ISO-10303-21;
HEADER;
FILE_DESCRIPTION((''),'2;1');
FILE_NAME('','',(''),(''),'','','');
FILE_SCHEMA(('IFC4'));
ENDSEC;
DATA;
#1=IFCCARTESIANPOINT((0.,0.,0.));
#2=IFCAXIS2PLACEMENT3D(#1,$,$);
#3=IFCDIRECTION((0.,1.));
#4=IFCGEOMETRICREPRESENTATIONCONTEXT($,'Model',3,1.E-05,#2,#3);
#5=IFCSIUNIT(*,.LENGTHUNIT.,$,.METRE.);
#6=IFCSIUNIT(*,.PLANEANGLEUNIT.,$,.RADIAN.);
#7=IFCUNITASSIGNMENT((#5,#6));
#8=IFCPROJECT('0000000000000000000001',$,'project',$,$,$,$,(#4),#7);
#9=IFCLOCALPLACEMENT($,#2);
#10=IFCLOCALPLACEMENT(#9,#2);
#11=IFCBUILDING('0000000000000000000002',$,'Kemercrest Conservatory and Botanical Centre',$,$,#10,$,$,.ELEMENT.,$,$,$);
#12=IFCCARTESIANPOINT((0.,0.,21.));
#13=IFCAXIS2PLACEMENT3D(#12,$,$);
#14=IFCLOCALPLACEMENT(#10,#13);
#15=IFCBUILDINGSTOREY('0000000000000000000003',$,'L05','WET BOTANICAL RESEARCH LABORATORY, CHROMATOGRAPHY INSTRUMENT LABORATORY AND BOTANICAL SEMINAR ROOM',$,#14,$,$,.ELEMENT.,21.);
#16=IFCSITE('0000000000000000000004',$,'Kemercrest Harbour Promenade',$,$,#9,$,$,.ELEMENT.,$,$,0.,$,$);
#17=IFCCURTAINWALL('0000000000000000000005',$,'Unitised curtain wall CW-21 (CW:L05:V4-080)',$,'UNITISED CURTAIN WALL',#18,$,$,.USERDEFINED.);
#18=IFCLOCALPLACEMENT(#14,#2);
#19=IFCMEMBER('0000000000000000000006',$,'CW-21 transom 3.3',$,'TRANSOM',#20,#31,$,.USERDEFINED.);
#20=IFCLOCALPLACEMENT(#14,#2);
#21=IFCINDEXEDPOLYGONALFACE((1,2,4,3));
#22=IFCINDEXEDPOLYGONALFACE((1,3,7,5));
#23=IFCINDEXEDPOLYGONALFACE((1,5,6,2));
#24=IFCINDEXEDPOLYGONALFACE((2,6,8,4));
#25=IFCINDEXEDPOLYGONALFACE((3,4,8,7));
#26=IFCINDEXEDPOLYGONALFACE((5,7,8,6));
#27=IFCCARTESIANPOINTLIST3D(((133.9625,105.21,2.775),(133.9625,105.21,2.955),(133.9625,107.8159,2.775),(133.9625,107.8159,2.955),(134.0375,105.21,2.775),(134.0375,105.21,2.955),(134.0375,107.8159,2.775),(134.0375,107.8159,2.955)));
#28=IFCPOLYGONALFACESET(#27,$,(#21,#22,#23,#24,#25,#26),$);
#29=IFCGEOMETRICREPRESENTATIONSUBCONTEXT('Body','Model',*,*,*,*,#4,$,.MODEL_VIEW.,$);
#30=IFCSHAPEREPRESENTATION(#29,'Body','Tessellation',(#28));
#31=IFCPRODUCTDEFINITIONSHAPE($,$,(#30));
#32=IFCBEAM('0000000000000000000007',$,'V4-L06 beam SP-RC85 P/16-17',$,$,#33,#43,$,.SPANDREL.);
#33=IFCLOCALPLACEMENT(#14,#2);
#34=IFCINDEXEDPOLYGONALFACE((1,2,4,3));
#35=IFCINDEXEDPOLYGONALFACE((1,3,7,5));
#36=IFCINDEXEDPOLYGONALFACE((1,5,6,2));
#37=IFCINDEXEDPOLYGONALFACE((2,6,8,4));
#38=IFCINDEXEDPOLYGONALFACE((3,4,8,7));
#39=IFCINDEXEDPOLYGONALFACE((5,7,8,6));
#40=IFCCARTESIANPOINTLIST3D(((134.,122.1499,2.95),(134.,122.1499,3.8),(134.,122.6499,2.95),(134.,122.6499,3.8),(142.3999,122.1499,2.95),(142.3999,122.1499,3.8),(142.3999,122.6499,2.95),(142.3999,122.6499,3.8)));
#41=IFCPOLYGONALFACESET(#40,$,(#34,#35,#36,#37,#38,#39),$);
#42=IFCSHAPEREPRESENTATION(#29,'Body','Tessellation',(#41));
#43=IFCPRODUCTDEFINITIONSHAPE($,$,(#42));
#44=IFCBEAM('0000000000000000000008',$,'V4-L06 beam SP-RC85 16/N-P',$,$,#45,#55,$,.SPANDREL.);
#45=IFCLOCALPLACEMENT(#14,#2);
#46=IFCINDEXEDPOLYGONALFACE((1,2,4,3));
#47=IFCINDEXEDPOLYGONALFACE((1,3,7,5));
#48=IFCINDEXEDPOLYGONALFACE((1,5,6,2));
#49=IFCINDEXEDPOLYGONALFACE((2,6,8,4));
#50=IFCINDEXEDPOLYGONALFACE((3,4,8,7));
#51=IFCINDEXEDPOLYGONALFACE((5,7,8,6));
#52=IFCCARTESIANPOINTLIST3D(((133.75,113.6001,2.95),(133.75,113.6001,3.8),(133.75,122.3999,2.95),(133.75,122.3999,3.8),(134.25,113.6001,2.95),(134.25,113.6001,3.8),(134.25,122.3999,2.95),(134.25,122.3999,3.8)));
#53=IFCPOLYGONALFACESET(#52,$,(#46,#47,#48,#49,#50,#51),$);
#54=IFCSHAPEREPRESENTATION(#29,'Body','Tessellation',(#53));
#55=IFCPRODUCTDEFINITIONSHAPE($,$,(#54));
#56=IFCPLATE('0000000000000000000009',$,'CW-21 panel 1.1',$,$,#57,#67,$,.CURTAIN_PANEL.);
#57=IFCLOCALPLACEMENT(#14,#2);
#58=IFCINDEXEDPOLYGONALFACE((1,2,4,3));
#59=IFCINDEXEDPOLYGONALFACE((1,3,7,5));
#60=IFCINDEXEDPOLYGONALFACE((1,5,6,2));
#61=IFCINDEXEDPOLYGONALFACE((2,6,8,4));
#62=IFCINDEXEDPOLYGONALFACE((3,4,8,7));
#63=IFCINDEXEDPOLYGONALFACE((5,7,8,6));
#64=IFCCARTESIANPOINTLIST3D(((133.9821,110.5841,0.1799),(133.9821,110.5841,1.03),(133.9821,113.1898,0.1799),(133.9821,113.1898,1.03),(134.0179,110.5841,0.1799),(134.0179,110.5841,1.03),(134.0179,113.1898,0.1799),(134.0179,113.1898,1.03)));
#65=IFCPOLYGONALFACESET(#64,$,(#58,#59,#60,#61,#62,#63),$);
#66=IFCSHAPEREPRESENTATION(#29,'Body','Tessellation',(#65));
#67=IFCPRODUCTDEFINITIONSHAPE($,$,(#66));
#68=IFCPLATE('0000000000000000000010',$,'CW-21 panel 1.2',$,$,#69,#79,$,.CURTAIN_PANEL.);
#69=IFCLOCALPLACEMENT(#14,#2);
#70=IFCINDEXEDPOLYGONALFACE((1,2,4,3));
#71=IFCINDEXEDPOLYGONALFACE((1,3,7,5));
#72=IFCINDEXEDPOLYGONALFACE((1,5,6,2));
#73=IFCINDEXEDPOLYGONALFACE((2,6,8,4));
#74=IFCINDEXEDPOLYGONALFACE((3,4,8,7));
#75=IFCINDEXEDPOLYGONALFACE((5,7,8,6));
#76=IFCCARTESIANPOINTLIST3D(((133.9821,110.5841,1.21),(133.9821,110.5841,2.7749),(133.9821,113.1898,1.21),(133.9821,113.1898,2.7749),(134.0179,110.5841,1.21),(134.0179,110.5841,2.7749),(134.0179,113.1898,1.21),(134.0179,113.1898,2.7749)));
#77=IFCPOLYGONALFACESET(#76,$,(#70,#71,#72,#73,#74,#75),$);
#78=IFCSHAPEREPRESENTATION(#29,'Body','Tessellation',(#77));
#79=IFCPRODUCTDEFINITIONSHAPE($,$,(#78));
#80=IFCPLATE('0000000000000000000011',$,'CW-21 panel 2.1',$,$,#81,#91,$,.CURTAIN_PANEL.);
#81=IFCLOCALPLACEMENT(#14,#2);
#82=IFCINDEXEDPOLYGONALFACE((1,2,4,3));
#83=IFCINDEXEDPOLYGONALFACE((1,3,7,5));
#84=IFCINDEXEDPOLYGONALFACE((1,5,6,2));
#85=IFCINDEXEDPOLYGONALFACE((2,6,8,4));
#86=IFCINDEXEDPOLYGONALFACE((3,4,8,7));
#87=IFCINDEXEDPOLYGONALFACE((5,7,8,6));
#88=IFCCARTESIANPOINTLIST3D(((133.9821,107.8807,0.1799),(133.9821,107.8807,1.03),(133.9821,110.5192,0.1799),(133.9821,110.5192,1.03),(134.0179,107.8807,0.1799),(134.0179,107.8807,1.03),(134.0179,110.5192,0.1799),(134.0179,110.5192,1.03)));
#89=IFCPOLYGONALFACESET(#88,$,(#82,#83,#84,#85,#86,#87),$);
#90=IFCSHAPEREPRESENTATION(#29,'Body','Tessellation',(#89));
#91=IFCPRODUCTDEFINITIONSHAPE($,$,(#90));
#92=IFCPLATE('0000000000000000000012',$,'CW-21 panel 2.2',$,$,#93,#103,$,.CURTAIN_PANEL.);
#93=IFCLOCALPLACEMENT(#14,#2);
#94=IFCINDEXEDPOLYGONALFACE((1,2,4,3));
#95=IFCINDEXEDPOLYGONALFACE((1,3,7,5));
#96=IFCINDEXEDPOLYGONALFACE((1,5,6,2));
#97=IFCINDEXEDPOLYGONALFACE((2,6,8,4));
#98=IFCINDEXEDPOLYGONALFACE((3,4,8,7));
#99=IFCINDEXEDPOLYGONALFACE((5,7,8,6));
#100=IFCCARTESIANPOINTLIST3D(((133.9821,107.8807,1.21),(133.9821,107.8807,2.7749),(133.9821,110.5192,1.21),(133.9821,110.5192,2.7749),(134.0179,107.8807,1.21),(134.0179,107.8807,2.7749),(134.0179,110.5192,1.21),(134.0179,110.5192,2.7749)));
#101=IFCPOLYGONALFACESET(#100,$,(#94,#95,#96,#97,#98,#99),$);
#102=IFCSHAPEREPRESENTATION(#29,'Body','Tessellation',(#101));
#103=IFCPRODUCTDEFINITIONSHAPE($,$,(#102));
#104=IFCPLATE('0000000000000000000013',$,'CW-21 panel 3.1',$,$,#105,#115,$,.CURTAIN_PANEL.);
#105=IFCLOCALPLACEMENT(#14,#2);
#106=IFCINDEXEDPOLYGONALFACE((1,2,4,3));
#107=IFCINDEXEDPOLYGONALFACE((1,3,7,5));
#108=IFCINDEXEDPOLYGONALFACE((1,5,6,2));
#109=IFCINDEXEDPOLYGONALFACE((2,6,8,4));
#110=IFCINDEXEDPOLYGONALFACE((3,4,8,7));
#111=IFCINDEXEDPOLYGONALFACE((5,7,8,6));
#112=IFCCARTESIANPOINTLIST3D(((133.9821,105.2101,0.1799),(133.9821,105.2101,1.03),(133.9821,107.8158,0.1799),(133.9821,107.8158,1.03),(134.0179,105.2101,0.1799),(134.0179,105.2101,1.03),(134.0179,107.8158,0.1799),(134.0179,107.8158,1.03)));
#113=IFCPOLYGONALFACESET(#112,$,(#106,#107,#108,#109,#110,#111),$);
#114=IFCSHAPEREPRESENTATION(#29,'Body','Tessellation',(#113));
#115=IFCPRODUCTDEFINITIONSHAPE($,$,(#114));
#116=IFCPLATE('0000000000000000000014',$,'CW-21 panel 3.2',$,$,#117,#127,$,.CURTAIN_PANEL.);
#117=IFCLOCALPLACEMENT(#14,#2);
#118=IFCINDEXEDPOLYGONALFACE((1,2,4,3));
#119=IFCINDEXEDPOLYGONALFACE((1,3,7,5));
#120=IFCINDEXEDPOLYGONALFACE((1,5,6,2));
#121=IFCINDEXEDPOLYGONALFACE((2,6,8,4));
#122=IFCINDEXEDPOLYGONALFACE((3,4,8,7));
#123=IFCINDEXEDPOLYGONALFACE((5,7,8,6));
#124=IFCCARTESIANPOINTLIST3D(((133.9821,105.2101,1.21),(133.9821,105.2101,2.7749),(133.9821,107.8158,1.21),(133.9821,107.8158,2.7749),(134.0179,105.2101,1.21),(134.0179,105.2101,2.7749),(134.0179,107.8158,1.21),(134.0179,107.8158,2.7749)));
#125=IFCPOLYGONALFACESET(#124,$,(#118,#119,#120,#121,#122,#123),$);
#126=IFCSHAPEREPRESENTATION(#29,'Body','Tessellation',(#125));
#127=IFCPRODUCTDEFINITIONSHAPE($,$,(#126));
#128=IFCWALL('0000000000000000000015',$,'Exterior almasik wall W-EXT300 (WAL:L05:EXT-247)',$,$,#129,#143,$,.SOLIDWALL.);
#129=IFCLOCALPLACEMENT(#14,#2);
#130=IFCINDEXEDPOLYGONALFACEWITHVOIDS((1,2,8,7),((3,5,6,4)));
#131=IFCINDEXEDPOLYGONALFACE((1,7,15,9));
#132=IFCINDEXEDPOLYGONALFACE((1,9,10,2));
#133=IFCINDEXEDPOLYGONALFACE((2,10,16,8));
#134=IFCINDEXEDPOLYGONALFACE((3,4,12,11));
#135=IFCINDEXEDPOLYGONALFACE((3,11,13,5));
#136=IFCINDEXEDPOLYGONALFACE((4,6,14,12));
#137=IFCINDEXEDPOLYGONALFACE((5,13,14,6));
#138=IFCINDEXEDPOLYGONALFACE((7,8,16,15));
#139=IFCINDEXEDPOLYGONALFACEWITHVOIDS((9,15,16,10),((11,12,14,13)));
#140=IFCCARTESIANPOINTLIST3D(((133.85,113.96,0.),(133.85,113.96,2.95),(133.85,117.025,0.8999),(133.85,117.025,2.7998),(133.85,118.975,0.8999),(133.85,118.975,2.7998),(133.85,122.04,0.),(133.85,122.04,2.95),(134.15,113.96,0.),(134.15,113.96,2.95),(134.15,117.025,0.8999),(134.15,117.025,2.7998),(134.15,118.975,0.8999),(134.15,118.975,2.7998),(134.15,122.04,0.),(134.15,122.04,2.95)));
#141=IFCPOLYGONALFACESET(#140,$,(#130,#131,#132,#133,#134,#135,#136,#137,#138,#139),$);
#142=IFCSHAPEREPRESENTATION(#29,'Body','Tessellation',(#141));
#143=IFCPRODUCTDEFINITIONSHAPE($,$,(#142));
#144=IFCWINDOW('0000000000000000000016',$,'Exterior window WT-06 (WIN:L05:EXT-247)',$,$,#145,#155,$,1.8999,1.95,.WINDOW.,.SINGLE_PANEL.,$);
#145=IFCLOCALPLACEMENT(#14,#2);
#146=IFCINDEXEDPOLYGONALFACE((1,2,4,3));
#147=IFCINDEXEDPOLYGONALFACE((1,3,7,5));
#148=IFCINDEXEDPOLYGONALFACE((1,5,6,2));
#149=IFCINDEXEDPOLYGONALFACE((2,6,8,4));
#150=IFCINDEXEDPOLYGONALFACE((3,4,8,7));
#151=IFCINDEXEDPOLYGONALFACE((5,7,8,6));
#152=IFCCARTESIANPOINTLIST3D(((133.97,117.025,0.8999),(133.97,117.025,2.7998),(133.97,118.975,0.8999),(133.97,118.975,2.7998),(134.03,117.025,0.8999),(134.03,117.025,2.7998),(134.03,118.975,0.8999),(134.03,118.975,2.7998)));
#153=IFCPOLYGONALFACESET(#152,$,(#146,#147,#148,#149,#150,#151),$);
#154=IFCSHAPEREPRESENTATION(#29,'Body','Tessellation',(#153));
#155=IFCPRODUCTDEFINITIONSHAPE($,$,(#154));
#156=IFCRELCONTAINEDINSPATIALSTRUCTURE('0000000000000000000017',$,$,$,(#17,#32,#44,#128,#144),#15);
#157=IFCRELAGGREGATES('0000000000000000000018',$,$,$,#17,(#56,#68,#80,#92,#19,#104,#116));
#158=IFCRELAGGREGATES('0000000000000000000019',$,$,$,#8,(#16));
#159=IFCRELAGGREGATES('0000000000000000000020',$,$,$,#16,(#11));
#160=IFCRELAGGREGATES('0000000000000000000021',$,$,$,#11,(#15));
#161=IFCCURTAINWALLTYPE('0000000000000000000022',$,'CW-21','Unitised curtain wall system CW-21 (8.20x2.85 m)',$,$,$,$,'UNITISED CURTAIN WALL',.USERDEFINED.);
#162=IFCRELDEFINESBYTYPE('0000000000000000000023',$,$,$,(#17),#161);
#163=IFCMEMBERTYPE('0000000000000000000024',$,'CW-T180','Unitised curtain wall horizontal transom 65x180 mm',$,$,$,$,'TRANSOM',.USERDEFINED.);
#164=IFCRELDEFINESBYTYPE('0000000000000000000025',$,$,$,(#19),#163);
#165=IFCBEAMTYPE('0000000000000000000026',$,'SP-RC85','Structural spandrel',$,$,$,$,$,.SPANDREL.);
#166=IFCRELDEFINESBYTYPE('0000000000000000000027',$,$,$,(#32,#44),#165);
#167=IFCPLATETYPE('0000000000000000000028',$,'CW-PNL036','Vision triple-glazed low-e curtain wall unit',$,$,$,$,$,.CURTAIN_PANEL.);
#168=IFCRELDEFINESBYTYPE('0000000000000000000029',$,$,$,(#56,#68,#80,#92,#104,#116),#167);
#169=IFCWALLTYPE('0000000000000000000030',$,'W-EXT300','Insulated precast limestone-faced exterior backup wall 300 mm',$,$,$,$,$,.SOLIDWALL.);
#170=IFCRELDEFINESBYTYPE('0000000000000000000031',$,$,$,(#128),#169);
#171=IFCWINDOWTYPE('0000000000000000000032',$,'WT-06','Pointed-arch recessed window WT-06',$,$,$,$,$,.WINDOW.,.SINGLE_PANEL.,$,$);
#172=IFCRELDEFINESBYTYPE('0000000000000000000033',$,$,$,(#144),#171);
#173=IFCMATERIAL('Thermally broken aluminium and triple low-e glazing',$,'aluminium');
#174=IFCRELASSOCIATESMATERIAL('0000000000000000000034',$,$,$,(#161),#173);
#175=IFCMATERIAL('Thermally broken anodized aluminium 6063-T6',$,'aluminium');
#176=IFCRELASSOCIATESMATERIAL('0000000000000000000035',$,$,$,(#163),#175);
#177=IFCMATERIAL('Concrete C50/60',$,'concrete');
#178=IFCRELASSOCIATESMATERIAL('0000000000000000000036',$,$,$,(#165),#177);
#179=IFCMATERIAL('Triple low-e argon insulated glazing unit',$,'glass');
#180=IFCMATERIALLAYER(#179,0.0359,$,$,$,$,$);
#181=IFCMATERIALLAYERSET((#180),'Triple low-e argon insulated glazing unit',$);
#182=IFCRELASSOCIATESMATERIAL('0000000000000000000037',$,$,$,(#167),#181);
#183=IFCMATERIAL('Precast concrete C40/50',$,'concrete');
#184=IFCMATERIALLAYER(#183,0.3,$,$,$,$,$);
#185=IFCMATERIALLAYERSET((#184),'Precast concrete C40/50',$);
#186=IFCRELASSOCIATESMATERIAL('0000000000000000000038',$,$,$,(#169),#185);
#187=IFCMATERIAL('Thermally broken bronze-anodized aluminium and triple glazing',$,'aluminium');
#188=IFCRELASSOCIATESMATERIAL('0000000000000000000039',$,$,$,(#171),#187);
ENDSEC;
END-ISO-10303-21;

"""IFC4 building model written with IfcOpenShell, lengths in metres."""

from ifc_helpers import new_model, si_unit, direction, frame, frame_2d, origin, origin_2d, place, context, subcontext, project, spatial, rectangle, extrude, material, layer, layer_set, material_profile, profile_set, type_object, element, fill, aggregate, save


model = new_model("IFC4")

# Units and contexts
model_context = context("Model", 3, precision=1e-05, world=origin(), true_north=direction((0.0, 1.0)))
body_context = subcontext(model_context, "Body", "Model", "MODEL_VIEW")
ifc_project = project(units=[si_unit("LENGTHUNIT", "METRE"), si_unit("PLANEANGLEUNIT", "RADIAN")], contexts=[model_context])

# Site, building, storey
site_placement = place(None, origin())
site = spatial("IfcSite", under=ifc_project, at=site_placement, Name="Kemercrest Harbour Promenade", CompositionType="ELEMENT", RefElevation=0.0)
building_placement = place(site_placement, origin())
building = spatial("IfcBuilding", under=site, at=building_placement, Name="Kemercrest Conservatory and Botanical Centre", CompositionType="ELEMENT")
storey_placement = place(building_placement, frame((0.0, 0.0, 21.0)))
storey = spatial("IfcBuildingStorey", under=building, at=storey_placement, Name="L05", Description="WET BOTANICAL RESEARCH LABORATORY, CHROMATOGRAPHY INSTRUMENT LABORATORY AND BOTANICAL SEMINAR ROOM", CompositionType="ELEMENT", Elevation=21.0)

# Shared definitions
ifc_material_1 = material(Name="Concrete C50/60", Category="concrete")

# Curtain wall, member
ifc_material_2 = material(Name="Thermally broken aluminium and triple low-e glazing", Category="aluminium")
curtain_wall_type = type_object("IfcCurtainWallType", Name="CW-21", Description="Unitised curtain wall system CW-21 (8.20x2.85 m)", ElementType="UNITISED CURTAIN WALL", PredefinedType="USERDEFINED", material=ifc_material_2)
curtain_wall_placement = place(storey_placement, origin())
curtain_wall = element("IfcCurtainWall", 1, at=curtain_wall_placement, inside=storey, type_object=curtain_wall_type, Name="Unitised curtain wall CW-21 (CW:L05:V4-080)", ObjectType="UNITISED CURTAIN WALL", PredefinedType="USERDEFINED")
ifc_material_3 = material(Name="Thermally broken anodized aluminium 6063-T6", Category="aluminium")
ifc_material_profile_1 = material_profile(ifc_material_3, rectangle(XDim=0.075, YDim=0.1799, at=origin_2d()), Name="AL TRANSOM 75x180")
ifc_profile_set_1 = profile_set([ifc_material_profile_1], Name="Thermally broken anodized aluminium 6063-T6")
member_type_1 = type_object("IfcMemberType", Name="CW-T180", Description="Unitised curtain wall horizontal transom 65x180 mm", ElementType="TRANSOM", PredefinedType="USERDEFINED", material=ifc_profile_set_1)
member_1_placement = place(storey_placement, frame((134.0, 107.8159, 2.865), z_axis=(0.0, -1.0, 0.0), x_axis=(1.0, 0.0, 0.0)))
member_1 = element("IfcMember", 2, at=member_1_placement, type_object=member_type_1, Name="CW-21 transom 3.3", ObjectType="TRANSOM", PredefinedType="USERDEFINED", context=body_context, shape_type="SweptSolid", body=[
    extrude(rectangle(XDim=0.075, YDim=0.1799, at=origin_2d()), origin(), (0.0, 0.0, 1.0), 2.606),
])

# Beams
ifc_material_profile_2 = material_profile(ifc_material_1, rectangle(XDim=0.5, YDim=0.8501, at=origin_2d()), Name="RC 500x850")
ifc_profile_set_2 = profile_set([ifc_material_profile_2], Name="Concrete C50/60")
beam_type_1 = type_object("IfcBeamType", Name="SP-RC85", Description="Structural spandrel", PredefinedType="SPANDREL", material=ifc_profile_set_2)
beam_1_placement = place(storey_placement, frame((134.0, 122.3999, 3.375), z_axis=(1.0, 0.0, 0.0), x_axis=(0.0, 1.0, 0.0)))
element("IfcBeam", 3, at=beam_1_placement, inside=storey, type_object=beam_type_1, Name="V4-L06 beam SP-RC85 P/16-17", PredefinedType="SPANDREL", context=body_context, shape_type="SweptSolid", body=[
    extrude(rectangle(XDim=0.5, YDim=0.8501, at=origin_2d()), origin(), (0.0, 0.0, 1.0), 8.3999),
])
beam_2_placement = place(storey_placement, frame((134.0, 113.6001, 3.375), z_axis=(0.0, 1.0, 0.0), x_axis=(-1.0, 0.0, 0.0)))
element("IfcBeam", 4, at=beam_2_placement, inside=storey, type_object=beam_type_1, Name="V4-L06 beam SP-RC85 16/N-P", PredefinedType="SPANDREL", context=body_context, shape_type="SweptSolid", body=[
    extrude(rectangle(XDim=0.5, YDim=0.8501, at=origin_2d()), origin(), (0.0, 0.0, 1.0), 8.7998),
])

# Plates
ifc_material_4 = material(Name="Triple low-e argon insulated glazing unit", Category="glass")
ifc_layer_1 = layer(ifc_material_4, 0.0359)
ifc_layer_set_1 = layer_set([ifc_layer_1], Name="Triple low-e argon insulated glazing unit")
plate_type = type_object("IfcPlateType", Name="CW-PNL036", Description="Vision triple-glazed low-e curtain wall unit", PredefinedType="CURTAIN_PANEL", material=ifc_layer_set_1)
plate_1_placement = place(storey_placement, frame((134.0, 111.887, 0.1799), z_axis=(0.0, 0.0, 1.0), x_axis=(0.0, -1.0, 0.0)))
plate_1 = element("IfcPlate", 5, at=plate_1_placement, type_object=plate_type, Name="CW-21 panel 1.1", PredefinedType="CURTAIN_PANEL", context=body_context, shape_type="SweptSolid", body=[
    extrude(rectangle(XDim=2.6057, YDim=0.0359, at=origin_2d()), origin(), (0.0, 0.0, 1.0), 0.8501),
])
plate_2_placement = place(storey_placement, frame((134.0, 111.887, 1.21), z_axis=(0.0, 0.0, 1.0), x_axis=(0.0, -1.0, 0.0)))
plate_2 = element("IfcPlate", 6, at=plate_2_placement, type_object=plate_type, Name="CW-21 panel 1.2", PredefinedType="CURTAIN_PANEL", context=body_context, shape_type="SweptSolid", body=[
    extrude(rectangle(XDim=2.6057, YDim=0.0359, at=origin_2d()), origin(), (0.0, 0.0, 1.0), 1.5649),
])
plate_3_placement = place(storey_placement, frame((134.0, 109.2, 0.1799), z_axis=(0.0, 0.0, 1.0), x_axis=(0.0, -1.0, 0.0)))
plate_3 = element("IfcPlate", 7, at=plate_3_placement, type_object=plate_type, Name="CW-21 panel 2.1", PredefinedType="CURTAIN_PANEL", context=body_context, shape_type="SweptSolid", body=[
    extrude(rectangle(XDim=2.6384, YDim=0.0359, at=origin_2d()), origin(), (0.0, 0.0, 1.0), 0.8501),
])
plate_4_placement = place(storey_placement, frame((134.0, 109.2, 1.21), z_axis=(0.0, 0.0, 1.0), x_axis=(0.0, -1.0, 0.0)))
plate_4 = element("IfcPlate", 8, at=plate_4_placement, type_object=plate_type, Name="CW-21 panel 2.2", PredefinedType="CURTAIN_PANEL", context=body_context, shape_type="SweptSolid", body=[
    extrude(rectangle(XDim=2.6384, YDim=0.0359, at=origin_2d()), origin(), (0.0, 0.0, 1.0), 1.5649),
])
plate_5_placement = place(storey_placement, frame((134.0, 106.5129, 0.1799), z_axis=(0.0, 0.0, 1.0), x_axis=(0.0, -1.0, 0.0)))
plate_5 = element("IfcPlate", 9, at=plate_5_placement, type_object=plate_type, Name="CW-21 panel 3.1", PredefinedType="CURTAIN_PANEL", context=body_context, shape_type="SweptSolid", body=[
    extrude(rectangle(XDim=2.6057, YDim=0.0359, at=origin_2d()), origin(), (0.0, 0.0, 1.0), 0.8501),
])
plate_6_placement = place(storey_placement, frame((134.0, 106.5129, 1.21), z_axis=(0.0, 0.0, 1.0), x_axis=(0.0, -1.0, 0.0)))
plate_6 = element("IfcPlate", 10, at=plate_6_placement, type_object=plate_type, Name="CW-21 panel 3.2", PredefinedType="CURTAIN_PANEL", context=body_context, shape_type="SweptSolid", body=[
    extrude(rectangle(XDim=2.6057, YDim=0.0359, at=origin_2d()), origin(), (0.0, 0.0, 1.0), 1.5649),
])
aggregate(curtain_wall, [plate_1, plate_2, plate_3, plate_4, member_1, plate_5, plate_6])

# Wall, opening, window
ifc_material_5 = material(Name="Precast concrete C40/50", Category="concrete")
ifc_layer_2 = layer(ifc_material_5, 0.3)
ifc_layer_set_2 = layer_set([ifc_layer_2], Name="Precast concrete C40/50")
wall_type = type_object("IfcWallType", Name="W-EXT300", Description="Insulated precast limestone-faced exterior backup wall 300 mm", PredefinedType="SOLIDWALL", material=ifc_layer_set_2)
wall_placement = place(storey_placement, frame((134.0, 122.04, 0.0), z_axis=(0.0, 0.0, 1.0), x_axis=(0.0, -1.0, 0.0)))
wall = element("IfcWall", 11, at=wall_placement, inside=storey, type_object=wall_type, Name="Exterior almasik wall W-EXT300 (WAL:L05:EXT-247)", PredefinedType="SOLIDWALL", context=body_context, shape_type="SweptSolid", body=[
    extrude(rectangle(XDim=8.0801, YDim=0.3, at=frame_2d((4.04, 0.0))), origin(), (0.0, 0.0, 1.0), 2.95),
])
opening_placement = place(wall_placement, frame((3.0649, 0.0, 0.8999)))
opening = element("IfcOpeningElement", 12, at=opening_placement, cuts=wall, PredefinedType="OPENING", context=body_context, shape_type="SweptSolid", body=[
    extrude(rectangle(XDim=1.95, YDim=1.8999, at=frame_2d((0.9751, 0.95))), frame((0.0, 0.1602, 0.0), z_axis=(0.0, -1.0, 0.0), x_axis=(1.0, 0.0, 0.0)), (0.0, 0.0, 1.0), 0.3201),
])
ifc_material_6 = material(Name="Thermally broken bronze-anodized aluminium and triple glazing", Category="aluminium")
window_type = type_object("IfcWindowType", Name="WT-06", Description="Pointed-arch recessed window WT-06", PartitioningType="SINGLE_PANEL", PredefinedType="WINDOW", material=ifc_material_6)
window_placement = place(opening_placement, origin())
window = element("IfcWindow", 13, at=window_placement, inside=storey, type_object=window_type, Name="Exterior window WT-06 (WIN:L05:EXT-247)", OverallHeight=1.8999, OverallWidth=1.95, PartitioningType="SINGLE_PANEL", PredefinedType="WINDOW", context=body_context, shape_type="SweptSolid", body=[
    extrude(rectangle(XDim=1.95, YDim=1.8999, at=frame_2d((0.9751, 0.95))), frame((0.0, 0.03, 0.0), z_axis=(0.0, -1.0, 0.0), x_axis=(1.0, 0.0, 0.0)), (0.0, 0.0, 1.0), 0.0601),
])
fill(opening, window)

save(model, "model.ifc")
